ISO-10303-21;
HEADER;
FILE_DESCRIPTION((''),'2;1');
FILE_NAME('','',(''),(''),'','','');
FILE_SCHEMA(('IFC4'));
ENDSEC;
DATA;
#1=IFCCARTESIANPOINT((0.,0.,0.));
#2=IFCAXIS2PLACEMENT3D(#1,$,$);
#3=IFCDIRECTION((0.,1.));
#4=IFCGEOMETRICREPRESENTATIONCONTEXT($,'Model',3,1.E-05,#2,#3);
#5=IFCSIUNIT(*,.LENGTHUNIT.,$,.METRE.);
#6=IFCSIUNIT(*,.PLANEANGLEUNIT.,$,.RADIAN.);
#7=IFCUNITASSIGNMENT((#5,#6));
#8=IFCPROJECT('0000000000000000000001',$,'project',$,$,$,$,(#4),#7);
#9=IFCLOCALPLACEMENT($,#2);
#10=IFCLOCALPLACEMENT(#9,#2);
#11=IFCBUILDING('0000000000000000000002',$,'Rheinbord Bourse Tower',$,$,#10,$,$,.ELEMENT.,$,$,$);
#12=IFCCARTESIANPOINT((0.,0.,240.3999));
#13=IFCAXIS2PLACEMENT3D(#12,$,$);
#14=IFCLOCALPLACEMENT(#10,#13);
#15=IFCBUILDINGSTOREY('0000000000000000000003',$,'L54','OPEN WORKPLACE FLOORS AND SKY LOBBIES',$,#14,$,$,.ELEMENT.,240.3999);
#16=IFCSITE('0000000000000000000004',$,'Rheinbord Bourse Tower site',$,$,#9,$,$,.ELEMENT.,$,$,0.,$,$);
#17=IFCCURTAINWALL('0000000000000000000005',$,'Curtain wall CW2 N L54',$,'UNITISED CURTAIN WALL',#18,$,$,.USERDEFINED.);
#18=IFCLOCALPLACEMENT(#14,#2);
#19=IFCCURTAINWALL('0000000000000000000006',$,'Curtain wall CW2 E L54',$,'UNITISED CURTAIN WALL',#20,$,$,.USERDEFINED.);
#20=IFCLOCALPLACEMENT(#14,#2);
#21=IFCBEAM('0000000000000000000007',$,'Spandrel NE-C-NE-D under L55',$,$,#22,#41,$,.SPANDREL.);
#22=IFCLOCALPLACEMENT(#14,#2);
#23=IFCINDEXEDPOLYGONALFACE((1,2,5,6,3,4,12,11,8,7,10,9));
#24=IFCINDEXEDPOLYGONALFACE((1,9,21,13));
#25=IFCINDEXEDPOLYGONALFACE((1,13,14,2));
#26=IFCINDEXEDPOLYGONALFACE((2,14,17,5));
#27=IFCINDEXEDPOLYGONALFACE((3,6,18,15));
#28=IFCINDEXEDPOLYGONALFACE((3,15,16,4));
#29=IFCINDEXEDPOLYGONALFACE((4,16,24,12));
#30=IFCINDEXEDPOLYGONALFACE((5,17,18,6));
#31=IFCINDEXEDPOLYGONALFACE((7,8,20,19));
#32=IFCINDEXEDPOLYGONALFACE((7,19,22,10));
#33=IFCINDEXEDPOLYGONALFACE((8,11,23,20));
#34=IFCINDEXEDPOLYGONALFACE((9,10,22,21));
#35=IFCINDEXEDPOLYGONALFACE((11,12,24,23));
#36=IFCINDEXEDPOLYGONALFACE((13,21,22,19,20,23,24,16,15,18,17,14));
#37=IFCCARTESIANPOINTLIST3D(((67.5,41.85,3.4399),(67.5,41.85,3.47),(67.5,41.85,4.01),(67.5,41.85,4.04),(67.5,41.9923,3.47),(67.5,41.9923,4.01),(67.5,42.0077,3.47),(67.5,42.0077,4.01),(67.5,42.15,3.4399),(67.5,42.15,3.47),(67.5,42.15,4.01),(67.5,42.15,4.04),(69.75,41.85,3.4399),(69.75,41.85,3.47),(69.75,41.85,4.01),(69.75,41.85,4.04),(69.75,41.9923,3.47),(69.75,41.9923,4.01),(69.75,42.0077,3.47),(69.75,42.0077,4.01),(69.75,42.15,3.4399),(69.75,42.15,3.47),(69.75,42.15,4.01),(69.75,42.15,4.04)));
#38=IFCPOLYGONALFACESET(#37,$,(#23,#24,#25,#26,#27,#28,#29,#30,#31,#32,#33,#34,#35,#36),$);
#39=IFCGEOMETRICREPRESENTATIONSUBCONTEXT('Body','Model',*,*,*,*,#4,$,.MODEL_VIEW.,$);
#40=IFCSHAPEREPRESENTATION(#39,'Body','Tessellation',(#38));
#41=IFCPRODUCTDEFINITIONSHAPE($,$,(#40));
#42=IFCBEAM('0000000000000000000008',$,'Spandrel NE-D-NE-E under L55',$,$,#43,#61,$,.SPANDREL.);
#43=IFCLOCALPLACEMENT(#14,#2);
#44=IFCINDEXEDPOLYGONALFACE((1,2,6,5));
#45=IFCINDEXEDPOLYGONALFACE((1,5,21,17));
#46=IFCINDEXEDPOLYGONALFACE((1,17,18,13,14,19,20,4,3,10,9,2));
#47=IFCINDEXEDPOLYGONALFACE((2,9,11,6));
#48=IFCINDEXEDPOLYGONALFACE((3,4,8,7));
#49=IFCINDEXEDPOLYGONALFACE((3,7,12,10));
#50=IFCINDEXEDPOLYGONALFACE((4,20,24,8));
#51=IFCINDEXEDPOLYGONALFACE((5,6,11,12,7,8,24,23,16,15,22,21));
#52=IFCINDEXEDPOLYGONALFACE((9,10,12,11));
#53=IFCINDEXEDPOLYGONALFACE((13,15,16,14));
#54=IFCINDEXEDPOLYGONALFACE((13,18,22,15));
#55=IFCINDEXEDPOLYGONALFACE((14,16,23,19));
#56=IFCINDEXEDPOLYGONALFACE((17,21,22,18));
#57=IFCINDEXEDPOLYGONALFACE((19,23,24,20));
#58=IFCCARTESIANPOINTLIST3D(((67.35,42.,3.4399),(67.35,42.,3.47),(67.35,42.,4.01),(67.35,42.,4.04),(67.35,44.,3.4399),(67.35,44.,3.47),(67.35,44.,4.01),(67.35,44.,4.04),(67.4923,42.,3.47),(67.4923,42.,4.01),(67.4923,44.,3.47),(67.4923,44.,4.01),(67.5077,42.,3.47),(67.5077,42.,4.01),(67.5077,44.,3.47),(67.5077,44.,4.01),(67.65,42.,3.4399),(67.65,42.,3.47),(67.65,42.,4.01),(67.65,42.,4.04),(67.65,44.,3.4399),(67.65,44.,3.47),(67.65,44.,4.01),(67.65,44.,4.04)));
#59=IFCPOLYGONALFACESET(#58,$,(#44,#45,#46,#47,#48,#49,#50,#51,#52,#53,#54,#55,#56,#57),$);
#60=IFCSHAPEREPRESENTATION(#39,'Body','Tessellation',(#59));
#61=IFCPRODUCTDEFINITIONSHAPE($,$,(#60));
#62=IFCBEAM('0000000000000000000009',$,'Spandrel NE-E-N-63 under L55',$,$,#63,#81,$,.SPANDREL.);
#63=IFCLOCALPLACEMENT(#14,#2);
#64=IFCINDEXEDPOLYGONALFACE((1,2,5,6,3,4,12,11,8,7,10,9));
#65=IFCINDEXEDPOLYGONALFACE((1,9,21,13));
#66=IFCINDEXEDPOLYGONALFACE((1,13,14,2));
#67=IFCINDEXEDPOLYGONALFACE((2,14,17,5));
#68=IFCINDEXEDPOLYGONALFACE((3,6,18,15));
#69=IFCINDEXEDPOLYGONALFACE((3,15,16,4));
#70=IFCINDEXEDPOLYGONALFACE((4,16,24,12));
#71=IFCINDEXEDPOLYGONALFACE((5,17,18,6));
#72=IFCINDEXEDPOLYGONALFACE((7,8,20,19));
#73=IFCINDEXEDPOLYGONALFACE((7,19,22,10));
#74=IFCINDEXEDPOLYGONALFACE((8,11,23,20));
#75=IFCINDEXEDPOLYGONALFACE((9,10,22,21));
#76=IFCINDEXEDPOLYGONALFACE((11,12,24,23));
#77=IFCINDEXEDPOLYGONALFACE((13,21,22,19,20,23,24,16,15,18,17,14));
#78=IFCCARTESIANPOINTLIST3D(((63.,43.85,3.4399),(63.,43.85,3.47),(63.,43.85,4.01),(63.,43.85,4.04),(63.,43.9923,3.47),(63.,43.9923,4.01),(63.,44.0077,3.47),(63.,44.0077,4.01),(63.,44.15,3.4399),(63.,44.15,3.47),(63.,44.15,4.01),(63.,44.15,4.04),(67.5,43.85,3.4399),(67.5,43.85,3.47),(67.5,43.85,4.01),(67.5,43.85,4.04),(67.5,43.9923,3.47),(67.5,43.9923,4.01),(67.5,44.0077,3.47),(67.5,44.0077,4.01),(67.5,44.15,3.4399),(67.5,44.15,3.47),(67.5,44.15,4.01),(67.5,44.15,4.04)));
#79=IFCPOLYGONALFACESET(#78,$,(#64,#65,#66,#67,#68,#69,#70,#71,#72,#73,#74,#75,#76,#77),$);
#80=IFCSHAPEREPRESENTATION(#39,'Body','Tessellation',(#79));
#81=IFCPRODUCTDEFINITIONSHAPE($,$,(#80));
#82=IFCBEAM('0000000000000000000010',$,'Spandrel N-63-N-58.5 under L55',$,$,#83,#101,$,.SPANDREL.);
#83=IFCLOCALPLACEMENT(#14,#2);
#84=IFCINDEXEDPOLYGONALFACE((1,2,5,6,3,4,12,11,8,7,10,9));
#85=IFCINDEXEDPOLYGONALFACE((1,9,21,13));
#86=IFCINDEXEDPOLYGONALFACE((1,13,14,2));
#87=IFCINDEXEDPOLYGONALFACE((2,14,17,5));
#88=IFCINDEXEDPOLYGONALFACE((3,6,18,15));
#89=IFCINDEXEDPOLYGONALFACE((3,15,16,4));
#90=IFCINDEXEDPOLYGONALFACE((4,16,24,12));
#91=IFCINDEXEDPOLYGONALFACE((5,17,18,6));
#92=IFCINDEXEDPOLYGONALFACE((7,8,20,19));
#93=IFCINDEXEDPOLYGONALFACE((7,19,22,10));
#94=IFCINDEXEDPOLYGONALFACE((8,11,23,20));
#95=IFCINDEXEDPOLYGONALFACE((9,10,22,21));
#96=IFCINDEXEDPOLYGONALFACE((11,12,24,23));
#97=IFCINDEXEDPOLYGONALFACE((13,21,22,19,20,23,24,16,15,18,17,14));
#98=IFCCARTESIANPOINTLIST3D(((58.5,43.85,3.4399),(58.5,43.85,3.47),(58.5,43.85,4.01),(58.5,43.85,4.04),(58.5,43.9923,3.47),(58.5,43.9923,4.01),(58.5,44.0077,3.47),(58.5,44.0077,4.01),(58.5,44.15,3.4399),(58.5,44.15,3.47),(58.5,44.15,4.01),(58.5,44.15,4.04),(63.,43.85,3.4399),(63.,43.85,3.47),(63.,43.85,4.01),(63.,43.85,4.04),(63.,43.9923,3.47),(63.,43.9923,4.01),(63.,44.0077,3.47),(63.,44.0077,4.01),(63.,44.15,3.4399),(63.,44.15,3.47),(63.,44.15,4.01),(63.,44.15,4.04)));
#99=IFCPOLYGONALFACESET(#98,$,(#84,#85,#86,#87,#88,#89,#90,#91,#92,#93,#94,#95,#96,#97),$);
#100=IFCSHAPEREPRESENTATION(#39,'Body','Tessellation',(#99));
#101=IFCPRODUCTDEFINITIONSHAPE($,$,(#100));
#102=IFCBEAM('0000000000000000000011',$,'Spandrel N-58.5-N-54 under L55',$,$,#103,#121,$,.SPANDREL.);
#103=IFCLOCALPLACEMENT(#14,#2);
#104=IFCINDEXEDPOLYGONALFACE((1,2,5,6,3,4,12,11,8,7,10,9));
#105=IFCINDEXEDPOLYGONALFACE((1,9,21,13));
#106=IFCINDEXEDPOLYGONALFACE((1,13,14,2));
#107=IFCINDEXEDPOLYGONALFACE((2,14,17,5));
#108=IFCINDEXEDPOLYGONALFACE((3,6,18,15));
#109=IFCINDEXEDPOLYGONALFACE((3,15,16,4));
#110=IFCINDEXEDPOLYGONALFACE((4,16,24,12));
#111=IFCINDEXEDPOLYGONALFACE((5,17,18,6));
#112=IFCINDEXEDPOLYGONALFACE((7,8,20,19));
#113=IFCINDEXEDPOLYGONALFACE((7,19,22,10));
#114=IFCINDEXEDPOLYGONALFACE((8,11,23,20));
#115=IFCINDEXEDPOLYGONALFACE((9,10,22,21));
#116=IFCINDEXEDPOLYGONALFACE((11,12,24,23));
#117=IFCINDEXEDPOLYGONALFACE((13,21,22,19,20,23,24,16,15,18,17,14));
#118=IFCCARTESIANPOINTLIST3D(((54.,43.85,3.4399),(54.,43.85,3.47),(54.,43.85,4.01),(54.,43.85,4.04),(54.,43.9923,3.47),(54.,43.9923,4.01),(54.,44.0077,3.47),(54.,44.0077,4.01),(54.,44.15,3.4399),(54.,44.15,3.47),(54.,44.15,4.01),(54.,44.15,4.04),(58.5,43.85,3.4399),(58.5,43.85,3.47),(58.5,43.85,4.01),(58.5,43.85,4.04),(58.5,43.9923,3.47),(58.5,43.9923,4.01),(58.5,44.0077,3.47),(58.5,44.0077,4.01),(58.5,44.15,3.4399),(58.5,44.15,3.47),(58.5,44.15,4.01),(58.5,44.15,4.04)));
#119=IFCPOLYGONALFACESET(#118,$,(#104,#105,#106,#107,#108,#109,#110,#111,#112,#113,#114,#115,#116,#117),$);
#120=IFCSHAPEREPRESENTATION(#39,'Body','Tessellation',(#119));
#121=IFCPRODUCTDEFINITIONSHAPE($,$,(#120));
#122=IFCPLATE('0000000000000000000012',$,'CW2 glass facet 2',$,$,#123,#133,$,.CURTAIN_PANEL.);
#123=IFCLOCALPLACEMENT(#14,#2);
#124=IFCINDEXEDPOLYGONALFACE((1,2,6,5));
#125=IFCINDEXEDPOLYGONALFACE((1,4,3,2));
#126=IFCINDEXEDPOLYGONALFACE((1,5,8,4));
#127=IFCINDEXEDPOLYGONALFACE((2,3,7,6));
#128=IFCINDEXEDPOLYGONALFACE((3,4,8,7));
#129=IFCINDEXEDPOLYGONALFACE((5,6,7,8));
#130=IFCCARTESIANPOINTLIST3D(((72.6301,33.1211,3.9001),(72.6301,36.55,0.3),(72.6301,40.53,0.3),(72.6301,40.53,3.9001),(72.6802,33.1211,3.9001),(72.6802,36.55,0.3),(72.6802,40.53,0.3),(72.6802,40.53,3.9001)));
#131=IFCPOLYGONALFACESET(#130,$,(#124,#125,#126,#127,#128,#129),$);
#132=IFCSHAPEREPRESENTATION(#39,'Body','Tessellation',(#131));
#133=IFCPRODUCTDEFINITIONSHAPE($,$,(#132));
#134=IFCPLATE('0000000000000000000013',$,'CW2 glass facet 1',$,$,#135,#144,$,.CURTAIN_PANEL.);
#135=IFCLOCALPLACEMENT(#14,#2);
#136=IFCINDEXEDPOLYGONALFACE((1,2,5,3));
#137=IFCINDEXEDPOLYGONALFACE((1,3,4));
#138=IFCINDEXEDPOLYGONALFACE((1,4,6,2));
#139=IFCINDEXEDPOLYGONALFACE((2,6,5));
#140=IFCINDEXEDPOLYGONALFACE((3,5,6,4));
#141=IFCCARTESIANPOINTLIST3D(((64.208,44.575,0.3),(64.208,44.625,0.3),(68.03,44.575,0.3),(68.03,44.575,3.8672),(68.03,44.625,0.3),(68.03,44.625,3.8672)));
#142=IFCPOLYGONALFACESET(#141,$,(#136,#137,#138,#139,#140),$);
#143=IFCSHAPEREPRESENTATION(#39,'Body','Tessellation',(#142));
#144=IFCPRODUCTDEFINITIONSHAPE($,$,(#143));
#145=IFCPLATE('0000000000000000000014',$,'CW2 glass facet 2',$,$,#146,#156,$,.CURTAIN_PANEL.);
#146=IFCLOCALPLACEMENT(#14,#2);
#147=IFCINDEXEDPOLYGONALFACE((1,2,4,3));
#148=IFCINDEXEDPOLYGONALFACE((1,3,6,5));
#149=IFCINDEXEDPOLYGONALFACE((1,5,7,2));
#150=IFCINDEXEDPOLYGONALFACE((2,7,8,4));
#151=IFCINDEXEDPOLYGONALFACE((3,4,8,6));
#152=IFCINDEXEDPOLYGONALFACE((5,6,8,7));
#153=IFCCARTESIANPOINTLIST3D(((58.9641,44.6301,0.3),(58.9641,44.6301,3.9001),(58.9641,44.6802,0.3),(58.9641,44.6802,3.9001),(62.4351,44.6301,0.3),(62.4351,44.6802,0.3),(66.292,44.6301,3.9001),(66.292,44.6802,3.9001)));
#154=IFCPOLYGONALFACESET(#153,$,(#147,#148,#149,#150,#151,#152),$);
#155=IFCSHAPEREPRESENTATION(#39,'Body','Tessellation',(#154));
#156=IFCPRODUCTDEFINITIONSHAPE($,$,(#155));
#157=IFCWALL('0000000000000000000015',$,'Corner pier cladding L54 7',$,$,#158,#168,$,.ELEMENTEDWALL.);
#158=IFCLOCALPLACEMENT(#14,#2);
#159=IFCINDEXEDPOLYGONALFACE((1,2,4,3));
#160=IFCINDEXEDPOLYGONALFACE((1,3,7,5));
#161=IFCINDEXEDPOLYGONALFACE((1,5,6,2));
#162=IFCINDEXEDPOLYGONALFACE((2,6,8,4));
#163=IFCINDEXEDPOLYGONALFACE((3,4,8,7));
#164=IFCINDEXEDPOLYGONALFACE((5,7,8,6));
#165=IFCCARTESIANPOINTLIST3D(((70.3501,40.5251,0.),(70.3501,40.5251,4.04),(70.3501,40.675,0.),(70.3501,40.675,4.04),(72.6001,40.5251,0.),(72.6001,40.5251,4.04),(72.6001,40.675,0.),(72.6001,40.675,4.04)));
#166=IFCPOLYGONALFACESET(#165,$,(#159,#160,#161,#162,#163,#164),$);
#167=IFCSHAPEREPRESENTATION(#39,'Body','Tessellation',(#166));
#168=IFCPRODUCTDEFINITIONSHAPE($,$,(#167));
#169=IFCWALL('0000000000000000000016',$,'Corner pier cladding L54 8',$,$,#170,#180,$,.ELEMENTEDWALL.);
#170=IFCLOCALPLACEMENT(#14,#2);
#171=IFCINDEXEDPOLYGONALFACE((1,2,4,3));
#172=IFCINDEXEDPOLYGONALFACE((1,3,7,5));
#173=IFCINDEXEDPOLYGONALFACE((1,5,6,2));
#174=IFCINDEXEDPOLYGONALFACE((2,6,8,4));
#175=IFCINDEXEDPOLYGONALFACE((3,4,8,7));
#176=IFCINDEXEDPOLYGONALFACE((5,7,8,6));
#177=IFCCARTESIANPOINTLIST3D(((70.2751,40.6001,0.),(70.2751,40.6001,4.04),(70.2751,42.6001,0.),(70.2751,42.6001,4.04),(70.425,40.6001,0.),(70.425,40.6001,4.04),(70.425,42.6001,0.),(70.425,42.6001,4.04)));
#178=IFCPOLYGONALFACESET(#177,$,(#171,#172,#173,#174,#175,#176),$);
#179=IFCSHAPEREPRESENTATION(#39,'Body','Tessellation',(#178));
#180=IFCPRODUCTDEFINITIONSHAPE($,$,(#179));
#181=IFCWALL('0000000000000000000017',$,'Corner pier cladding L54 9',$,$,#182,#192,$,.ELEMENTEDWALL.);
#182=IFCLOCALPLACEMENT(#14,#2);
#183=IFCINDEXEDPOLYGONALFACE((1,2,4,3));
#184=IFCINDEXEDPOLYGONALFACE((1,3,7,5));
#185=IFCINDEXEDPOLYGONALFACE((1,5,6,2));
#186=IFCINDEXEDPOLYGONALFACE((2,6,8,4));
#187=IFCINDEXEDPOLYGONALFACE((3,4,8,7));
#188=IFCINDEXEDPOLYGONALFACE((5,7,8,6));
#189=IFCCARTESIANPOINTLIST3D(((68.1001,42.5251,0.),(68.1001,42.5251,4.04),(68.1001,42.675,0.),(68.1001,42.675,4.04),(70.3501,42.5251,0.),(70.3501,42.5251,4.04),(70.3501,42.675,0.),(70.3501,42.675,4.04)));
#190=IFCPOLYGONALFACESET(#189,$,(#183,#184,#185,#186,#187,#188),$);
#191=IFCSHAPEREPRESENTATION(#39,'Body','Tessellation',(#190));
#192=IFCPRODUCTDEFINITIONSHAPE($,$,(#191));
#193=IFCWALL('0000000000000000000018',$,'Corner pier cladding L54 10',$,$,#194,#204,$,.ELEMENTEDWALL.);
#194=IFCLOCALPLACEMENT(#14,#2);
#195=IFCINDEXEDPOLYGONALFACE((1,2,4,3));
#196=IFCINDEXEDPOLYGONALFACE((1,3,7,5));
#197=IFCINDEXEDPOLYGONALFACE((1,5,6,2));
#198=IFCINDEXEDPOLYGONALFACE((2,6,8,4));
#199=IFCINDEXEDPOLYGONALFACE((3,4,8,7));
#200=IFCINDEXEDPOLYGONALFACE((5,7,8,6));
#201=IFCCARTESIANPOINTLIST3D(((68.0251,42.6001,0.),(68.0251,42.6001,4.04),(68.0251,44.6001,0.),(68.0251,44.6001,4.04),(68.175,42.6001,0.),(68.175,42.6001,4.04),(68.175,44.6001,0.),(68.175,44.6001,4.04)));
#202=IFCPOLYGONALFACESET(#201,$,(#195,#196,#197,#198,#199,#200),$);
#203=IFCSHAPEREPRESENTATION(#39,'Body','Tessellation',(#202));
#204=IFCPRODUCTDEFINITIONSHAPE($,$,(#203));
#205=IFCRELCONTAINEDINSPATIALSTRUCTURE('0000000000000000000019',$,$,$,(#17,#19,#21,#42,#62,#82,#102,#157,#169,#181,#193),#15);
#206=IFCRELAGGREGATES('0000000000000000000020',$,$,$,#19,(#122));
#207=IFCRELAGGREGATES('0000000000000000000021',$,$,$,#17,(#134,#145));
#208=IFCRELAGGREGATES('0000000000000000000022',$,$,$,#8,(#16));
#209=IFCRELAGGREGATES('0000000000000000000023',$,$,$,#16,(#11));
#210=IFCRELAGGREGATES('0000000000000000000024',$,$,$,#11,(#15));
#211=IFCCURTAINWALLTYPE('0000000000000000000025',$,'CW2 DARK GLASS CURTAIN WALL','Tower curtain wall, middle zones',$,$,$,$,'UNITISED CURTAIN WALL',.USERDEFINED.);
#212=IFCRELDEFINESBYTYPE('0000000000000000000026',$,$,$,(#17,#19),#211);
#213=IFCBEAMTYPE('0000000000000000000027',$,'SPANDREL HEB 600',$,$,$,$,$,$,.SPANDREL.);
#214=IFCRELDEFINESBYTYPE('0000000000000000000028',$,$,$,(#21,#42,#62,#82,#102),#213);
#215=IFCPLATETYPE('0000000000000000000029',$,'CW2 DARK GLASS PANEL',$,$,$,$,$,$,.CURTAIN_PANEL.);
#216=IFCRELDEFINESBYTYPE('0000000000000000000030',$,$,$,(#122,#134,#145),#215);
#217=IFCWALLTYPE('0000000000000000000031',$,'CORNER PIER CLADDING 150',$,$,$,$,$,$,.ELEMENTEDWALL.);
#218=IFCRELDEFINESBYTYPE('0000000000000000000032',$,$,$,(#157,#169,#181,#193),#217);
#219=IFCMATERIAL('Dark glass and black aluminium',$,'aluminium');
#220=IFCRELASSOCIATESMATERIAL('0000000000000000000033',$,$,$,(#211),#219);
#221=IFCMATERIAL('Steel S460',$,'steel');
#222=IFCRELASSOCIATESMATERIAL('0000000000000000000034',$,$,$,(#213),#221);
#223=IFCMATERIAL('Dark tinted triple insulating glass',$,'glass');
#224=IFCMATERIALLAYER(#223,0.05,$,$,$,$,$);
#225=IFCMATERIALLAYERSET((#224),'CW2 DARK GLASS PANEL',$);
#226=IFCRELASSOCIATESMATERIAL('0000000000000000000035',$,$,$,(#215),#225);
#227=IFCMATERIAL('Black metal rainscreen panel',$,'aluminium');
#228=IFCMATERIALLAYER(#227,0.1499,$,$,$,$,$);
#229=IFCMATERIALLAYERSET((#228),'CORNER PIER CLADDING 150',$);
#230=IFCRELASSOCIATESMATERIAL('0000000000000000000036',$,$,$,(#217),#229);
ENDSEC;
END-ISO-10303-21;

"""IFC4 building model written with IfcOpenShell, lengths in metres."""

from ifc_helpers import new_model, si_unit, direction, frame, frame_2d, origin, origin_2d, place, context, subcontext, project, spatial, polyline, rectangle, i_section, outline, extrude, material, layer, layer_set, material_profile, profile_set, type_object, element, aggregate, save


model = new_model("IFC4")

# Units and contexts
model_context = context("Model", 3, precision=1e-05, world=origin(), true_north=direction((0.0, 1.0)))
body_context = subcontext(model_context, "Body", "Model", "MODEL_VIEW")
ifc_project = project(units=[si_unit("LENGTHUNIT", "METRE"), si_unit("PLANEANGLEUNIT", "RADIAN")], contexts=[model_context])

# Site, building, storey
site_placement = place(None, origin())
site = spatial("IfcSite", under=ifc_project, at=site_placement, Name="Rheinbord Bourse Tower site", CompositionType="ELEMENT", RefElevation=0.0)
building_placement = place(site_placement, origin())
building = spatial("IfcBuilding", under=site, at=building_placement, Name="Rheinbord Bourse Tower", CompositionType="ELEMENT")
storey_placement = place(building_placement, frame((0.0, 0.0, 240.3999)))
storey = spatial("IfcBuildingStorey", under=building, at=storey_placement, Name="L54", Description="OPEN WORKPLACE FLOORS AND SKY LOBBIES", CompositionType="ELEMENT", Elevation=240.3999)

# Curtain walls
ifc_material_1 = material(Name="Dark glass and black aluminium", Category="aluminium")
curtain_wall_type = type_object("IfcCurtainWallType", Name="CW2 DARK GLASS CURTAIN WALL", Description="Tower curtain wall, middle zones", ElementType="UNITISED CURTAIN WALL", PredefinedType="USERDEFINED", material=ifc_material_1)
curtain_wall_1_placement = place(storey_placement, origin())
curtain_wall_1 = element("IfcCurtainWall", 1, at=curtain_wall_1_placement, inside=storey, type_object=curtain_wall_type, Name="Curtain wall CW2 N L54", ObjectType="UNITISED CURTAIN WALL", PredefinedType="USERDEFINED")
curtain_wall_2_placement = place(storey_placement, origin())
curtain_wall_2 = element("IfcCurtainWall", 2, at=curtain_wall_2_placement, inside=storey, type_object=curtain_wall_type, Name="Curtain wall CW2 E L54", ObjectType="UNITISED CURTAIN WALL", PredefinedType="USERDEFINED")

# Beams
ifc_material_2 = material(Name="Steel S460", Category="steel")
ifc_material_profile_1 = material_profile(ifc_material_2, i_section(OverallWidth=0.3, OverallDepth=0.6001, WebThickness=0.0154, FlangeThickness=0.03, at=origin_2d()), Name="HEB 600")
ifc_profile_set_1 = profile_set([ifc_material_profile_1], Name="Steel S460")
beam_type_1 = type_object("IfcBeamType", Name="SPANDREL HEB 600", PredefinedType="SPANDREL", material=ifc_profile_set_1)
for number, where, z_axis, x_axis, name in (
    (3, (69.75, 42.0, 3.74), (-1.0, 0.0, 0.0), (0.0, -1.0, 0.0), "Spandrel NE-C-NE-D under L55"),
):
    element("IfcBeam", number, at=place(storey_placement, frame(where, z_axis=z_axis, x_axis=x_axis)), inside=storey, type_object=beam_type_1, Name=name, PredefinedType="SPANDREL", context=body_context, shape_type="SweptSolid", body=[
        extrude(i_section(OverallWidth=0.3, OverallDepth=0.6001, WebThickness=0.0154, FlangeThickness=0.03, at=origin_2d()), origin(), (0.0, 0.0, 1.0), 2.25),
    ])
beam_placement = place(storey_placement, frame((67.5, 42.0, 3.74), z_axis=(0.0, 1.0, 0.0), x_axis=(-1.0, 0.0, 0.0)))
element("IfcBeam", 4, at=beam_placement, inside=storey, type_object=beam_type_1, Name="Spandrel NE-D-NE-E under L55", PredefinedType="SPANDREL", context=body_context, shape_type="SweptSolid", body=[
    extrude(i_section(OverallWidth=0.3, OverallDepth=0.6001, WebThickness=0.0154, FlangeThickness=0.03, at=origin_2d()), origin(), (0.0, 0.0, 1.0), 2.0),
])
for number, where, z_axis, x_axis, name in (
    (5, (67.5, 44.0, 3.74), (-1.0, 0.0, 0.0), (0.0, -1.0, 0.0), "Spandrel NE-E-N-63 under L55"),
    (6, (63.0, 44.0, 3.74), (-1.0, 0.0, 0.0), (0.0, -1.0, 0.0), "Spandrel N-63-N-58.5 under L55"),
    (7, (58.5, 44.0, 3.74), (-1.0, 0.0, 0.0), (0.0, -1.0, 0.0), "Spandrel N-58.5-N-54 under L55"),
):
    element("IfcBeam", number, at=place(storey_placement, frame(where, z_axis=z_axis, x_axis=x_axis)), inside=storey, type_object=beam_type_1, Name=name, PredefinedType="SPANDREL", context=body_context, shape_type="SweptSolid", body=[
        extrude(i_section(OverallWidth=0.3, OverallDepth=0.6001, WebThickness=0.0154, FlangeThickness=0.03, at=origin_2d()), origin(), (0.0, 0.0, 1.0), 4.5),
    ])

# Plates
ifc_material_3 = material(Name="Dark tinted triple insulating glass", Category="glass")
ifc_layer_1 = layer(ifc_material_3, 0.05)
ifc_layer_set_1 = layer_set([ifc_layer_1], Name="CW2 DARK GLASS PANEL")
plate_type = type_object("IfcPlateType", Name="CW2 DARK GLASS PANEL", PredefinedType="CURTAIN_PANEL", material=ifc_layer_set_1)
plate_1_placement = place(storey_placement, frame((72.6802, 40.53, 3.9001), z_axis=(-1.0, 0.0, 0.0), x_axis=(0.0, 0.0, -1.0)))
plate_1 = element("IfcPlate", 8, at=plate_1_placement, type_object=plate_type, Name="CW2 glass facet 2", PredefinedType="CURTAIN_PANEL", context=body_context, shape_type="SweptSolid", body=[
    extrude(outline(polyline([(0.0, 0.0), (3.6001, 0.0), (3.6001, 3.98), (0.0, 7.4089), (0.0, 0.0)])), origin(), (0.0, 0.0, 1.0), 0.05),
])
aggregate(curtain_wall_2, [plate_1])
plate_2_placement = place(storey_placement, frame((68.03, 44.625, 0.3), z_axis=(0.0, -1.0, 0.0), x_axis=(0.0, 0.0, 1.0)))
plate_2 = element("IfcPlate", 9, at=plate_2_placement, type_object=plate_type, Name="CW2 glass facet 1", PredefinedType="CURTAIN_PANEL", context=body_context, shape_type="SweptSolid", body=[
    extrude(outline(polyline([(0.0, 0.0), (3.5671, 0.0), (0.0, 3.822), (0.0, 0.0)])), origin(), (0.0, 0.0, 1.0), 0.05),
])
plate_3_placement = place(storey_placement, frame((58.9641, 44.6802, 3.9001), z_axis=(0.0, -1.0, 0.0), x_axis=(0.0, 0.0, -1.0)))
plate_3 = element("IfcPlate", 10, at=plate_3_placement, type_object=plate_type, Name="CW2 glass facet 2", PredefinedType="CURTAIN_PANEL", context=body_context, shape_type="SweptSolid", body=[
    extrude(outline(polyline([(0.0, 0.0), (3.6001, 0.0), (3.6001, 3.4709), (0.0, 7.3279), (0.0, 0.0)])), origin(), (0.0, 0.0, 1.0), 0.05),
])
aggregate(curtain_wall_1, [plate_2, plate_3])

# Walls
ifc_material_4 = material(Name="Black metal rainscreen panel", Category="aluminium")
ifc_layer_2 = layer(ifc_material_4, 0.1499)
ifc_layer_set_2 = layer_set([ifc_layer_2], Name="CORNER PIER CLADDING 150")
wall_type = type_object("IfcWallType", Name="CORNER PIER CLADDING 150", PredefinedType="ELEMENTEDWALL", material=ifc_layer_set_2)
wall_1_placement = place(storey_placement, frame((72.6001, 40.6001, 0.0), z_axis=(0.0, 0.0, 1.0), x_axis=(-1.0, 0.0, 0.0)))
element("IfcWall", 11, at=wall_1_placement, inside=storey, type_object=wall_type, Name="Corner pier cladding L54 7", PredefinedType="ELEMENTEDWALL", context=body_context, shape_type="SweptSolid", body=[
    extrude(rectangle(XDim=2.25, YDim=0.1499, at=frame_2d((1.125, 0.0))), origin(), (0.0, 0.0, 1.0), 4.04),
])
wall_2_placement = place(storey_placement, frame((70.3501, 40.6001, 0.0), z_axis=(0.0, 0.0, 1.0), x_axis=(0.0, 1.0, 0.0)))
element("IfcWall", 12, at=wall_2_placement, inside=storey, type_object=wall_type, Name="Corner pier cladding L54 8", PredefinedType="ELEMENTEDWALL", context=body_context, shape_type="SweptSolid", body=[
    extrude(rectangle(XDim=2.0, YDim=0.1499, at=frame_2d((1.0, 0.0))), origin(), (0.0, 0.0, 1.0), 4.04),
])
wall_3_placement = place(storey_placement, frame((70.3501, 42.6001, 0.0), z_axis=(0.0, 0.0, 1.0), x_axis=(-1.0, 0.0, 0.0)))
element("IfcWall", 13, at=wall_3_placement, inside=storey, type_object=wall_type, Name="Corner pier cladding L54 9", PredefinedType="ELEMENTEDWALL", context=body_context, shape_type="SweptSolid", body=[
    extrude(rectangle(XDim=2.25, YDim=0.1499, at=frame_2d((1.125, 0.0))), origin(), (0.0, 0.0, 1.0), 4.04),
])
wall_4_placement = place(storey_placement, frame((68.1001, 42.6001, 0.0), z_axis=(0.0, 0.0, 1.0), x_axis=(0.0, 1.0, 0.0)))
element("IfcWall", 14, at=wall_4_placement, inside=storey, type_object=wall_type, Name="Corner pier cladding L54 10", PredefinedType="ELEMENTEDWALL", context=body_context, shape_type="SweptSolid", body=[
    extrude(rectangle(XDim=2.0, YDim=0.1499, at=frame_2d((1.0, 0.0))), origin(), (0.0, 0.0, 1.0), 4.04),
])

save(model, "model.ifc")
